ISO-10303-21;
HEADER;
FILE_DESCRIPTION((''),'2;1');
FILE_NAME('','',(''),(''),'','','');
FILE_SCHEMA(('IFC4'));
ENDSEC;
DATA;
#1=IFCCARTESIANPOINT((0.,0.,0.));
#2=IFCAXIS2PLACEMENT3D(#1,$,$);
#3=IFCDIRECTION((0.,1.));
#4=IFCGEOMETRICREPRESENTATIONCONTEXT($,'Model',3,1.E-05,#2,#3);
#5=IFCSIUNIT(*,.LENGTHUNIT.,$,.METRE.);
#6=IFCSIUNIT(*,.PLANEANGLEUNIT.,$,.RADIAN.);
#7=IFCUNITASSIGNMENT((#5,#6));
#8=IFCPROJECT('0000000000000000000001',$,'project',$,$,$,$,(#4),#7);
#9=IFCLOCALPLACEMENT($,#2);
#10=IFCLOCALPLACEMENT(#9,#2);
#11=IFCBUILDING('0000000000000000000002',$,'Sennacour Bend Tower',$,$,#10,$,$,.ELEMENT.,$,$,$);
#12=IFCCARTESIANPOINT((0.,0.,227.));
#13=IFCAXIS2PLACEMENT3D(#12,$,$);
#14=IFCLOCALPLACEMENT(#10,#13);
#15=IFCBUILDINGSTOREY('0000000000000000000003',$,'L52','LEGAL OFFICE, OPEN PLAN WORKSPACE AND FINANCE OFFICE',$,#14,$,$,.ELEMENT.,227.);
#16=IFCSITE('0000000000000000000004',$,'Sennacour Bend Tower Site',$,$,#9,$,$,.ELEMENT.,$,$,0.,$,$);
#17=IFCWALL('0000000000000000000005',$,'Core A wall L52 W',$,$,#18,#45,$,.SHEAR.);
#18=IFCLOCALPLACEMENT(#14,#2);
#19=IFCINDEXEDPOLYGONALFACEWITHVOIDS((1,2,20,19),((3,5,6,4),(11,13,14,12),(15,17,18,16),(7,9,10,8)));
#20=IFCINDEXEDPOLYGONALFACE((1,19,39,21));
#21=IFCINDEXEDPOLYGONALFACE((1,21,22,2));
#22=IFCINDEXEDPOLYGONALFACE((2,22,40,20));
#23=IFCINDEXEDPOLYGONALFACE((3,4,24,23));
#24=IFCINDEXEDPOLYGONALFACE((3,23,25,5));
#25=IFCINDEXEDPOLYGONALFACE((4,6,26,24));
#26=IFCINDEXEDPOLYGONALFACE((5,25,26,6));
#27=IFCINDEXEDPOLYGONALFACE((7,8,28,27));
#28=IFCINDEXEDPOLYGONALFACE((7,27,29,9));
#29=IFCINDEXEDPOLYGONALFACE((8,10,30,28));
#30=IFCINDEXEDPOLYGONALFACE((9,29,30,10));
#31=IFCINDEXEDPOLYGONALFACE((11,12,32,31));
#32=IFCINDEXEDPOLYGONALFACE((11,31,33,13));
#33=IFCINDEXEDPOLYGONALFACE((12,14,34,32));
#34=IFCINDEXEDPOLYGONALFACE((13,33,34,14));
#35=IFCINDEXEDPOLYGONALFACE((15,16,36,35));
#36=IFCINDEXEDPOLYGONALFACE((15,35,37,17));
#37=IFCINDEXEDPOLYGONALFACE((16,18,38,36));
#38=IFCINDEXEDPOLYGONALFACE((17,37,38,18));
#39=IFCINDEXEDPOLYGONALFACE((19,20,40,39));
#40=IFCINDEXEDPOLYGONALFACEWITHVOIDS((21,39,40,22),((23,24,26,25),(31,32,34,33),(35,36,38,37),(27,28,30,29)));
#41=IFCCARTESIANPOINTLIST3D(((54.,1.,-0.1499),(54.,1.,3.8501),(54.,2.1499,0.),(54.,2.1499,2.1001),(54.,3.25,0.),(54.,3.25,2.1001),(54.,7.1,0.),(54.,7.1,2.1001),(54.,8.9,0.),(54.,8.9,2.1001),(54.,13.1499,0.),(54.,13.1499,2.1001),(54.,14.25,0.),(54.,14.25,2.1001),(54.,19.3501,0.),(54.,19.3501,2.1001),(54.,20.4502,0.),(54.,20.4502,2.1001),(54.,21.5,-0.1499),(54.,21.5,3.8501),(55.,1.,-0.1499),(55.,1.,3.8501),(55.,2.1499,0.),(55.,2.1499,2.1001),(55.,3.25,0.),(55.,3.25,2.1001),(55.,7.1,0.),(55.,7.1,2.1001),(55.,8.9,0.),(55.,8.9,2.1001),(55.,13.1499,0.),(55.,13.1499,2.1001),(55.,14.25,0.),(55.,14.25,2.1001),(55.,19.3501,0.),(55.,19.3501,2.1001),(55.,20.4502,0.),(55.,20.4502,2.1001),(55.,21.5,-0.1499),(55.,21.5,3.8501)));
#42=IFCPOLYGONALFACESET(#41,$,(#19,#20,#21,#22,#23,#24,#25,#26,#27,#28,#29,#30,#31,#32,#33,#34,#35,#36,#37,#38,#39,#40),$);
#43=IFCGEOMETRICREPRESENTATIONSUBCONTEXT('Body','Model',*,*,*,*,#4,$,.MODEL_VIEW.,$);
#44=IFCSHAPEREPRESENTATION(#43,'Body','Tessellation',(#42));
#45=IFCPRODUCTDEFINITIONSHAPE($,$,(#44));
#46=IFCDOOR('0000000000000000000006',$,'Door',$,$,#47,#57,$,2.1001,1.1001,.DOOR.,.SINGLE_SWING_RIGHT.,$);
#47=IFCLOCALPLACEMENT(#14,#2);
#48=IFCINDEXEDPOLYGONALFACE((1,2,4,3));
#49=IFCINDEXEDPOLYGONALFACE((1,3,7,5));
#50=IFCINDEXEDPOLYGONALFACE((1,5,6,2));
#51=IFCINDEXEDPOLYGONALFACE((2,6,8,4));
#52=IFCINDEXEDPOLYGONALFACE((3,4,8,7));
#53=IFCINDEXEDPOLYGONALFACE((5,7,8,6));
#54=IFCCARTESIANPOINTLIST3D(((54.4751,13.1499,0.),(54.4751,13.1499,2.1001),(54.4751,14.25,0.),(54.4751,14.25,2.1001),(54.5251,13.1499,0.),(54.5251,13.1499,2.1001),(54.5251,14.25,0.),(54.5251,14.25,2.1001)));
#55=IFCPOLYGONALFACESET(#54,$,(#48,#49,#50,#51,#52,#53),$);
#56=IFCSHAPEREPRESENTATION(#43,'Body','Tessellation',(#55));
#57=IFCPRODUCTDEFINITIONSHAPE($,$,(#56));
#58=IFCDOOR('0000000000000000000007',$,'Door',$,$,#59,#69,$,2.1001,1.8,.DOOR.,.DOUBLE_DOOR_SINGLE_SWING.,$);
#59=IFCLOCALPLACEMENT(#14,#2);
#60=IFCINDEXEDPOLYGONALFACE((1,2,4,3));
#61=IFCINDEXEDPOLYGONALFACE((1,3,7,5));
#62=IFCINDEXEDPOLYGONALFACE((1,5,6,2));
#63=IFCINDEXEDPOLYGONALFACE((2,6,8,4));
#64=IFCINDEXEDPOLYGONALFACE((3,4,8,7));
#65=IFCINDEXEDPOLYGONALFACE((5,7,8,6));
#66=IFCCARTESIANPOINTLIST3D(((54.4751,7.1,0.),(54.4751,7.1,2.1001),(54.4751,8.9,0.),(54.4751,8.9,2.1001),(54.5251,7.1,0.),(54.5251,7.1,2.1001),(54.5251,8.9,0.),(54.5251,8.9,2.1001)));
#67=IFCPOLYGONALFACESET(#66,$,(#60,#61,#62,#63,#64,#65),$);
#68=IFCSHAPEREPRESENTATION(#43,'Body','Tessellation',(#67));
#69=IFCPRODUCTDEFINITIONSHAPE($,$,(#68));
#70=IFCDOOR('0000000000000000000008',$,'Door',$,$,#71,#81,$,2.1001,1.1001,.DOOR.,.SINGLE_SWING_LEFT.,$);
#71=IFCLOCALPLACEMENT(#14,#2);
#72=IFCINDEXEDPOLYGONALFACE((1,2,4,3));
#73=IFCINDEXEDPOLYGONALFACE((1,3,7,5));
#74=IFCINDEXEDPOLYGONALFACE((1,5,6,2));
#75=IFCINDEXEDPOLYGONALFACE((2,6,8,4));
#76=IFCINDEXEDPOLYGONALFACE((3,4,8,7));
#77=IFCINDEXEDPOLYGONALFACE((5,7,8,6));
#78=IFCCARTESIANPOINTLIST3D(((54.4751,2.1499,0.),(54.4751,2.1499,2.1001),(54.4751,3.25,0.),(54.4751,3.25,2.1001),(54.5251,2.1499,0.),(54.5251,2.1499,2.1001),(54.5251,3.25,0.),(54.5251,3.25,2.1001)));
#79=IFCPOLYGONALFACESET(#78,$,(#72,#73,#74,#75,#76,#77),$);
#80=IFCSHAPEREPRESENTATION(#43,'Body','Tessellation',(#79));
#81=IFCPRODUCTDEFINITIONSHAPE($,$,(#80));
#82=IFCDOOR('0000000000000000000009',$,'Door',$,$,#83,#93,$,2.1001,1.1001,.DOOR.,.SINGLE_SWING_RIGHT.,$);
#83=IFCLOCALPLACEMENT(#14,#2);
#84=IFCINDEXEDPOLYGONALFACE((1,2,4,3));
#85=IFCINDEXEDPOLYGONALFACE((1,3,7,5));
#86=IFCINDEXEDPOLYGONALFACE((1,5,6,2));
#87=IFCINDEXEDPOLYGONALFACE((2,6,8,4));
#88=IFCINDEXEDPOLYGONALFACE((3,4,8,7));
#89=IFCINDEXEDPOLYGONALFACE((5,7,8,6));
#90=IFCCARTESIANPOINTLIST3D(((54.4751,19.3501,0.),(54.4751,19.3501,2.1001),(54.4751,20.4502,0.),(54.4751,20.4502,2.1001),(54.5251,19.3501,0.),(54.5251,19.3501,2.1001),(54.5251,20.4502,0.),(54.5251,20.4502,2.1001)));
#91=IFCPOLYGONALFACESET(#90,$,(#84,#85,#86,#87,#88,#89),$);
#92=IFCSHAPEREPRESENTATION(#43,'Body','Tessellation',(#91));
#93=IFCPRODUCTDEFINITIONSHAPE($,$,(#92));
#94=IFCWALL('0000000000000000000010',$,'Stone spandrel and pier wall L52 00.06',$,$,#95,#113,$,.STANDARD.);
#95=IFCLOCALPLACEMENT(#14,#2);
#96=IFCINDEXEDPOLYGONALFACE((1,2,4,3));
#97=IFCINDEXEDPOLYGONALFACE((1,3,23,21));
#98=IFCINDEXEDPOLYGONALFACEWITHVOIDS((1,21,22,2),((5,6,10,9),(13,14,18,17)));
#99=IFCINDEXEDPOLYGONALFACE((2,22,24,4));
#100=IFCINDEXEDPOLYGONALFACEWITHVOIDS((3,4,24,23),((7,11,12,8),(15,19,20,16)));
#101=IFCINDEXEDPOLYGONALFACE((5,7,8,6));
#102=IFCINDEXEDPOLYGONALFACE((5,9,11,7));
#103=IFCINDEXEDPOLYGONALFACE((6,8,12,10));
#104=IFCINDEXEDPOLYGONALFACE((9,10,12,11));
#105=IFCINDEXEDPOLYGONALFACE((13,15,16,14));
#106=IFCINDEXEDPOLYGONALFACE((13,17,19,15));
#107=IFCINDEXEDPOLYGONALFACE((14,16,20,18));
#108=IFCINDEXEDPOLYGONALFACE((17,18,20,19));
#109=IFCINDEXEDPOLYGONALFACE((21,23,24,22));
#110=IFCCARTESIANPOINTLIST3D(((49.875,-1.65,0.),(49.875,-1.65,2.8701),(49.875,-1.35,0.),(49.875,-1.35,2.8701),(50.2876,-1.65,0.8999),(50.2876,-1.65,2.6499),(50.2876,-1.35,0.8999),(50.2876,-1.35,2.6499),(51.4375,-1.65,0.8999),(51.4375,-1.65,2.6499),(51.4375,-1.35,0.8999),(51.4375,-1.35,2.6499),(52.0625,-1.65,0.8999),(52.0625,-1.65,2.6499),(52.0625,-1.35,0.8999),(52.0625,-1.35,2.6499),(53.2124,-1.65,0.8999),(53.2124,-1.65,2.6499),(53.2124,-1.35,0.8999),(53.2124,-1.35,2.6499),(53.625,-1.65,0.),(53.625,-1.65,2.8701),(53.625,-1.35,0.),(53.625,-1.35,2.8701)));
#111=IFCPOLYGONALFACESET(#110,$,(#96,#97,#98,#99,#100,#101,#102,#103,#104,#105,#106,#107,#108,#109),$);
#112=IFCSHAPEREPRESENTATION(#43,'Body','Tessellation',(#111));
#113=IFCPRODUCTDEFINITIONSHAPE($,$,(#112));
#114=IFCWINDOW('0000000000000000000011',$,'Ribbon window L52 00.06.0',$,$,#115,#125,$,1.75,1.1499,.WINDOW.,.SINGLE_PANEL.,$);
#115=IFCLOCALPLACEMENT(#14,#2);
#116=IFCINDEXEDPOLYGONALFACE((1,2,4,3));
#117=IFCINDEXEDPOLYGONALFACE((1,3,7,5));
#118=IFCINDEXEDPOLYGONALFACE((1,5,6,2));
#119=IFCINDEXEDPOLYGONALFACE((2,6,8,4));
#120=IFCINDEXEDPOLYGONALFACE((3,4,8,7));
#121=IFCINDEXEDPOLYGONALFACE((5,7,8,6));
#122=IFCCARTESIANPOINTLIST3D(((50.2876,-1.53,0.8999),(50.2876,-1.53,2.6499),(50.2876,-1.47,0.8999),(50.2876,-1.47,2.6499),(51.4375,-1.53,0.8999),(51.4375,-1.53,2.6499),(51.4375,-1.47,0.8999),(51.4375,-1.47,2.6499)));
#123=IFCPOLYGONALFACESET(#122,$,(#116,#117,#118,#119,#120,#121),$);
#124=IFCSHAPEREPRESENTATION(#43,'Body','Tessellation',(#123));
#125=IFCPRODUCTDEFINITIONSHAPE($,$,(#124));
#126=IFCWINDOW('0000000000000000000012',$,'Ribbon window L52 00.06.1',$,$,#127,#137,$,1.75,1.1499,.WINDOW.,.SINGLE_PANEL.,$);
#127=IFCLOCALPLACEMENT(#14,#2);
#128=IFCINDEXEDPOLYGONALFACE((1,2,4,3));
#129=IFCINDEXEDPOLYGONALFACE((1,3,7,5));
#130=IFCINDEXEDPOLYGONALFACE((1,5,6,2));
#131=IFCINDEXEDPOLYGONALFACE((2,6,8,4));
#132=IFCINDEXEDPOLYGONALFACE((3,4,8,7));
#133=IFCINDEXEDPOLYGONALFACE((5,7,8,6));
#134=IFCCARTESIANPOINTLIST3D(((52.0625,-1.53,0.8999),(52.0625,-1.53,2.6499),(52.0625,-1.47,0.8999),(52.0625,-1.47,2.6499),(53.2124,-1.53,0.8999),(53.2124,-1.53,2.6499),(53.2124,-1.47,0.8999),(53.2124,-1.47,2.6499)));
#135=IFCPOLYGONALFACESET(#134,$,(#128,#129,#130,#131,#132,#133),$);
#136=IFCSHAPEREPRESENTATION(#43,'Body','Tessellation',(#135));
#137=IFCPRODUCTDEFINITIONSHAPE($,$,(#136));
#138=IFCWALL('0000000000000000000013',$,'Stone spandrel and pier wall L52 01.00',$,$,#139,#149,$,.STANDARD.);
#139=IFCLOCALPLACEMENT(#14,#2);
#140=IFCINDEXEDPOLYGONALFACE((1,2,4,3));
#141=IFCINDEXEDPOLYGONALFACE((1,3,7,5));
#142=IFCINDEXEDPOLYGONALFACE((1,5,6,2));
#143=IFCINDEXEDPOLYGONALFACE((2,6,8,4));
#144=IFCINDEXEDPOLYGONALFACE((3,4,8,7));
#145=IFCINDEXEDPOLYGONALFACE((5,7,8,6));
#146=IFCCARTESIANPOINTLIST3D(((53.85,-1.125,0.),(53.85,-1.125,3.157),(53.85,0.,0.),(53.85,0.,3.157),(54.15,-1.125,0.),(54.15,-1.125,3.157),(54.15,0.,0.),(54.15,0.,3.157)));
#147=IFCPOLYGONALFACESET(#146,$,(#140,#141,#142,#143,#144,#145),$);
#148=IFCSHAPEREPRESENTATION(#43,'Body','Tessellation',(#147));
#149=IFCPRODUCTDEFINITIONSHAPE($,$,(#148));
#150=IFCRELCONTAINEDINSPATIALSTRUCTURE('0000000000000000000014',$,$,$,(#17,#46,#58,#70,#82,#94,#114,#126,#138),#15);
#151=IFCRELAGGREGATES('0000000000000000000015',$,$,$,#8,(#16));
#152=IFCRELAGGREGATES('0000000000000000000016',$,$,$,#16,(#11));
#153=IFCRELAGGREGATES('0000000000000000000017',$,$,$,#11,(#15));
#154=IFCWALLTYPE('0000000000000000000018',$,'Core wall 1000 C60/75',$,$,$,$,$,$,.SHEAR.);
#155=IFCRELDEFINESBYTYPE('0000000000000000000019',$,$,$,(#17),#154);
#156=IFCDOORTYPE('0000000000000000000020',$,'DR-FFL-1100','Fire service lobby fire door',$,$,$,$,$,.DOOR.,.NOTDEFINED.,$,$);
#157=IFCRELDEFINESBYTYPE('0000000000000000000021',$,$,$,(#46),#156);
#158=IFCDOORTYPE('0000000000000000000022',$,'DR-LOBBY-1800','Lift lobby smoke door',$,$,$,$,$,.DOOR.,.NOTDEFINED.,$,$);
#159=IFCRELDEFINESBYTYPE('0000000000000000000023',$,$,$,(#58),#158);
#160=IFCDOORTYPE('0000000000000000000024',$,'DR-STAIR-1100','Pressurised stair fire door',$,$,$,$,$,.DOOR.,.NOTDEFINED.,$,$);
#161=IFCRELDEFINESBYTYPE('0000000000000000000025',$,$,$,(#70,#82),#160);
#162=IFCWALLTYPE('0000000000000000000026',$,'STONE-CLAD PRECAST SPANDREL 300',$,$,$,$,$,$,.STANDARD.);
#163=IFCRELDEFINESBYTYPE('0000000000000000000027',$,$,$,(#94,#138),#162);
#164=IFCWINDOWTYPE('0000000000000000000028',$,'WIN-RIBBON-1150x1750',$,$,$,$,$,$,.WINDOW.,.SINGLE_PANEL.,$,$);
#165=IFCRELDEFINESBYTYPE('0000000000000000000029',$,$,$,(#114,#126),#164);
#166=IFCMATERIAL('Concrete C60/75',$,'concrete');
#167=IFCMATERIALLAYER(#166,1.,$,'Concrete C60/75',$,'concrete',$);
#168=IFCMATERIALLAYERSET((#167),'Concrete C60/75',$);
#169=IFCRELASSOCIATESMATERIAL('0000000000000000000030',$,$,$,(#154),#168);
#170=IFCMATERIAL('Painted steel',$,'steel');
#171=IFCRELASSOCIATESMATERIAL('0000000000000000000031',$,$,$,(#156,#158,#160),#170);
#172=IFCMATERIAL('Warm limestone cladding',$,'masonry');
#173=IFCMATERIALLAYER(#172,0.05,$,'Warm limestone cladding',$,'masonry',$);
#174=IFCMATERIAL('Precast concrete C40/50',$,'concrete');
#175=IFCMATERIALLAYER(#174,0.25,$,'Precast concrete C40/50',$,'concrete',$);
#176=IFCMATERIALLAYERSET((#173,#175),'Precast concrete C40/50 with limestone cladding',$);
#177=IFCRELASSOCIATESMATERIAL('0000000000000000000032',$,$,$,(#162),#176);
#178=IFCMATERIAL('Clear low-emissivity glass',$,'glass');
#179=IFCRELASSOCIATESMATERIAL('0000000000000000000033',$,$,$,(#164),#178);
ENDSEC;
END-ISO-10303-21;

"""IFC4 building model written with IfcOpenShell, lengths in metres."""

from ifc_helpers import new_model, si_unit, direction, frame, frame_2d, origin, place, context, subcontext, project, spatial, rectangle, extrude, material, layer, layer_set, type_object, element, fill, save


model = new_model("IFC4")

# Units and contexts
model_context = context("Model", 3, precision=1e-05, world=origin(), true_north=direction((0.0, 1.0)))
body_context = subcontext(model_context, "Body", "Model", "MODEL_VIEW")
ifc_project = project(units=[si_unit("LENGTHUNIT", "METRE"), si_unit("PLANEANGLEUNIT", "RADIAN")], contexts=[model_context])

# Site, building, storey
site_placement = place(None, origin())
site = spatial("IfcSite", under=ifc_project, at=site_placement, Name="Sennacour Bend Tower Site", CompositionType="ELEMENT", RefElevation=0.0)
building_placement = place(site_placement, origin())
building = spatial("IfcBuilding", under=site, at=building_placement, Name="Sennacour Bend Tower", CompositionType="ELEMENT")
storey_placement = place(building_placement, frame((0.0, 0.0, 227.0)))
storey = spatial("IfcBuildingStorey", under=building, at=storey_placement, Name="L52", Description="LEGAL OFFICE, OPEN PLAN WORKSPACE AND FINANCE OFFICE", CompositionType="ELEMENT", Elevation=227.0)

# Wall, openings, doors
ifc_material_1 = material(Name="Concrete C60/75", Category="concrete")
ifc_layer_1 = layer(ifc_material_1, 1.0, Name="Concrete C60/75", Category="concrete")
ifc_layer_set_1 = layer_set([ifc_layer_1], Name="Concrete C60/75")
wall_type_1 = type_object("IfcWallType", Name="Core wall 1000 C60/75", PredefinedType="SHEAR", material=ifc_layer_set_1)
wall_1_placement = place(storey_placement, frame((54.5, 1.0, -0.1499), z_axis=(0.0, 0.0, 1.0), x_axis=(0.0, 1.0, 0.0)))
wall_1 = element("IfcWall", 1, at=wall_1_placement, inside=storey, type_object=wall_type_1, Name="Core A wall L52 W", PredefinedType="SHEAR", context=body_context, shape_type="SweptSolid", body=[
    extrude(rectangle(XDim=20.5, YDim=1.0, at=frame_2d((10.25, 0.0))), origin(), (0.0, 0.0, 1.0), 4.0),
])
opening_1_placement = place(wall_1_placement, frame((6.1001, 0.0, 0.1499)))
opening_1 = element("IfcOpeningElement", 2, at=opening_1_placement, cuts=wall_1, PredefinedType="OPENING", context=body_context, shape_type="SweptSolid", body=[
    extrude(rectangle(XDim=1.8, YDim=2.1001, at=frame_2d((0.8999, 1.05))), frame((0.0, 0.51, 0.0), z_axis=(0.0, -1.0, 0.0), x_axis=(1.0, 0.0, 0.0)), (0.0, 0.0, 1.0), 1.02),
])
opening_2_placement = place(wall_1_placement, frame((12.1499, 0.0, 0.1499)))
opening_2 = element("IfcOpeningElement", 3, at=opening_2_placement, cuts=wall_1, PredefinedType="OPENING", context=body_context, shape_type="SweptSolid", body=[
    extrude(rectangle(XDim=1.1001, YDim=2.1001, at=frame_2d((0.55, 1.05))), frame((0.0, 0.51, 0.0), z_axis=(0.0, -1.0, 0.0), x_axis=(1.0, 0.0, 0.0)), (0.0, 0.0, 1.0), 1.02),
])
opening_3_placement = place(wall_1_placement, frame((1.1499, 0.0, 0.1499)))
opening_3 = element("IfcOpeningElement", 4, at=opening_3_placement, cuts=wall_1, PredefinedType="OPENING", context=body_context, shape_type="SweptSolid", body=[
    extrude(rectangle(XDim=1.1001, YDim=2.1001, at=frame_2d((0.55, 1.05))), frame((0.0, 0.51, 0.0), z_axis=(0.0, -1.0, 0.0), x_axis=(1.0, 0.0, 0.0)), (0.0, 0.0, 1.0), 1.02),
])
opening_4_placement = place(wall_1_placement, frame((18.3501, 0.0, 0.1499)))
opening_4 = element("IfcOpeningElement", 5, at=opening_4_placement, cuts=wall_1, PredefinedType="OPENING", context=body_context, shape_type="SweptSolid", body=[
    extrude(rectangle(XDim=1.1001, YDim=2.1001, at=frame_2d((0.55, 1.05))), frame((0.0, 0.51, 0.0), z_axis=(0.0, -1.0, 0.0), x_axis=(1.0, 0.0, 0.0)), (0.0, 0.0, 1.0), 1.02),
])
ifc_material_2 = material(Name="Painted steel", Category="steel")
door_type_1 = type_object("IfcDoorType", Name="DR-FFL-1100", Description="Fire service lobby fire door", OperationType="NOTDEFINED", PredefinedType="DOOR", material=ifc_material_2)
door_1_placement = place(opening_2_placement, origin())
door_1 = element("IfcDoor", 6, at=door_1_placement, inside=storey, type_object=door_type_1, Name="Door", OperationType="SINGLE_SWING_RIGHT", OverallHeight=2.1001, OverallWidth=1.1001, PredefinedType="DOOR", context=body_context, shape_type="SweptSolid", body=[
    extrude(rectangle(XDim=1.1001, YDim=2.1001, at=frame_2d((0.55, 1.05))), frame((0.0, 0.0249, 0.0), z_axis=(0.0, -1.0, 0.0), x_axis=(1.0, 0.0, 0.0)), (0.0, 0.0, 1.0), 0.05),
])
fill(opening_2, door_1)
door_type_2 = type_object("IfcDoorType", Name="DR-LOBBY-1800", Description="Lift lobby smoke door", OperationType="NOTDEFINED", PredefinedType="DOOR", material=ifc_material_2)
door_2_placement = place(opening_1_placement, origin())
door_2 = element("IfcDoor", 7, at=door_2_placement, inside=storey, type_object=door_type_2, Name="Door", OperationType="DOUBLE_DOOR_SINGLE_SWING", OverallHeight=2.1001, OverallWidth=1.8, PredefinedType="DOOR", context=body_context, shape_type="SweptSolid", body=[
    extrude(rectangle(XDim=1.8, YDim=2.1001, at=frame_2d((0.8999, 1.05))), frame((0.0, 0.0249, 0.0), z_axis=(0.0, -1.0, 0.0), x_axis=(1.0, 0.0, 0.0)), (0.0, 0.0, 1.0), 0.05),
])
fill(opening_1, door_2)
door_type_3 = type_object("IfcDoorType", Name="DR-STAIR-1100", Description="Pressurised stair fire door", OperationType="NOTDEFINED", PredefinedType="DOOR", material=ifc_material_2)
door_3_placement = place(opening_3_placement, origin())
door_3 = element("IfcDoor", 8, at=door_3_placement, inside=storey, type_object=door_type_3, Name="Door", OperationType="SINGLE_SWING_LEFT", OverallHeight=2.1001, OverallWidth=1.1001, PredefinedType="DOOR", context=body_context, shape_type="SweptSolid", body=[
    extrude(rectangle(XDim=1.1001, YDim=2.1001, at=frame_2d((0.55, 1.05))), frame((0.0, 0.0249, 0.0), z_axis=(0.0, -1.0, 0.0), x_axis=(1.0, 0.0, 0.0)), (0.0, 0.0, 1.0), 0.05),
])
fill(opening_3, door_3)
door_4_placement = place(opening_4_placement, origin())
door_4 = element("IfcDoor", 9, at=door_4_placement, inside=storey, type_object=door_type_3, Name="Door", OperationType="SINGLE_SWING_RIGHT", OverallHeight=2.1001, OverallWidth=1.1001, PredefinedType="DOOR", context=body_context, shape_type="SweptSolid", body=[
    extrude(rectangle(XDim=1.1001, YDim=2.1001, at=frame_2d((0.55, 1.05))), frame((0.0, 0.0249, 0.0), z_axis=(0.0, -1.0, 0.0), x_axis=(1.0, 0.0, 0.0)), (0.0, 0.0, 1.0), 0.05),
])
fill(opening_4, door_4)

# Wall, openings, windows
ifc_material_3 = material(Name="Warm limestone cladding", Category="masonry")
ifc_layer_2 = layer(ifc_material_3, 0.05, Name="Warm limestone cladding", Category="masonry")
ifc_material_4 = material(Name="Precast concrete C40/50", Category="concrete")
ifc_layer_3 = layer(ifc_material_4, 0.25, Name="Precast concrete C40/50", Category="concrete")
ifc_layer_set_2 = layer_set([ifc_layer_2, ifc_layer_3], Name="Precast concrete C40/50 with limestone cladding")
wall_type_2 = type_object("IfcWallType", Name="STONE-CLAD PRECAST SPANDREL 300", PredefinedType="STANDARD", material=ifc_layer_set_2)
wall_2_placement = place(storey_placement, frame((49.875, -1.5, 0.0), z_axis=(0.0, 0.0, 1.0), x_axis=(1.0, 0.0, 0.0)))
wall_2 = element("IfcWall", 10, at=wall_2_placement, inside=storey, type_object=wall_type_2, Name="Stone spandrel and pier wall L52 00.06", PredefinedType="STANDARD", context=body_context, shape_type="SweptSolid", body=[
    extrude(rectangle(XDim=3.75, YDim=0.3, at=frame_2d((1.875, 0.0))), origin(), (0.0, 0.0, 1.0), 2.8701),
])
opening_5_placement = place(wall_2_placement, frame((0.4126, 0.0, 0.8999)))
opening_5 = element("IfcOpeningElement", 11, at=opening_5_placement, cuts=wall_2, PredefinedType="OPENING", context=body_context, shape_type="SweptSolid", body=[
    extrude(rectangle(XDim=1.1499, YDim=1.75, at=frame_2d((0.575, 0.875))), frame((0.0, 0.1602, 0.0), z_axis=(0.0, -1.0, 0.0), x_axis=(1.0, 0.0, 0.0)), (0.0, 0.0, 1.0), 0.3201),
])
opening_6_placement = place(wall_2_placement, frame((2.1875, 0.0, 0.8999)))
opening_6 = element("IfcOpeningElement", 12, at=opening_6_placement, cuts=wall_2, PredefinedType="OPENING", context=body_context, shape_type="SweptSolid", body=[
    extrude(rectangle(XDim=1.1499, YDim=1.75, at=frame_2d((0.575, 0.875))), frame((0.0, 0.1602, 0.0), z_axis=(0.0, -1.0, 0.0), x_axis=(1.0, 0.0, 0.0)), (0.0, 0.0, 1.0), 0.3201),
])
ifc_material_5 = material(Name="Clear low-emissivity glass", Category="glass")
window_type = type_object("IfcWindowType", Name="WIN-RIBBON-1150x1750", PartitioningType="SINGLE_PANEL", PredefinedType="WINDOW", material=ifc_material_5)
window_1_placement = place(opening_5_placement, origin())
window_1 = element("IfcWindow", 13, at=window_1_placement, inside=storey, type_object=window_type, Name="Ribbon window L52 00.06.0", OverallHeight=1.75, OverallWidth=1.1499, PartitioningType="SINGLE_PANEL", PredefinedType="WINDOW", context=body_context, shape_type="SweptSolid", body=[
    extrude(rectangle(XDim=1.1499, YDim=1.75, at=frame_2d((0.575, 0.875))), frame((0.0, 0.03, 0.0), z_axis=(0.0, -1.0, 0.0), x_axis=(1.0, 0.0, 0.0)), (0.0, 0.0, 1.0), 0.0601),
])
fill(opening_5, window_1)
window_2_placement = place(opening_6_placement, origin())
window_2 = element("IfcWindow", 14, at=window_2_placement, inside=storey, type_object=window_type, Name="Ribbon window L52 00.06.1", OverallHeight=1.75, OverallWidth=1.1499, PartitioningType="SINGLE_PANEL", PredefinedType="WINDOW", context=body_context, shape_type="SweptSolid", body=[
    extrude(rectangle(XDim=1.1499, YDim=1.75, at=frame_2d((0.575, 0.875))), frame((0.0, 0.03, 0.0), z_axis=(0.0, -1.0, 0.0), x_axis=(1.0, 0.0, 0.0)), (0.0, 0.0, 1.0), 0.0601),
])
fill(opening_6, window_2)

# Wall
wall_3_placement = place(storey_placement, frame((54.0, -1.125, 0.0), z_axis=(0.0, 0.0, 1.0), x_axis=(0.0, 1.0, 0.0)))
element("IfcWall", 15, at=wall_3_placement, inside=storey, type_object=wall_type_2, Name="Stone spandrel and pier wall L52 01.00", PredefinedType="STANDARD", context=body_context, shape_type="SweptSolid", body=[
    extrude(rectangle(XDim=1.125, YDim=0.3, at=frame_2d((0.5625, 0.0))), origin(), (0.0, 0.0, 1.0), 3.157),
])

save(model, "model.ifc")
